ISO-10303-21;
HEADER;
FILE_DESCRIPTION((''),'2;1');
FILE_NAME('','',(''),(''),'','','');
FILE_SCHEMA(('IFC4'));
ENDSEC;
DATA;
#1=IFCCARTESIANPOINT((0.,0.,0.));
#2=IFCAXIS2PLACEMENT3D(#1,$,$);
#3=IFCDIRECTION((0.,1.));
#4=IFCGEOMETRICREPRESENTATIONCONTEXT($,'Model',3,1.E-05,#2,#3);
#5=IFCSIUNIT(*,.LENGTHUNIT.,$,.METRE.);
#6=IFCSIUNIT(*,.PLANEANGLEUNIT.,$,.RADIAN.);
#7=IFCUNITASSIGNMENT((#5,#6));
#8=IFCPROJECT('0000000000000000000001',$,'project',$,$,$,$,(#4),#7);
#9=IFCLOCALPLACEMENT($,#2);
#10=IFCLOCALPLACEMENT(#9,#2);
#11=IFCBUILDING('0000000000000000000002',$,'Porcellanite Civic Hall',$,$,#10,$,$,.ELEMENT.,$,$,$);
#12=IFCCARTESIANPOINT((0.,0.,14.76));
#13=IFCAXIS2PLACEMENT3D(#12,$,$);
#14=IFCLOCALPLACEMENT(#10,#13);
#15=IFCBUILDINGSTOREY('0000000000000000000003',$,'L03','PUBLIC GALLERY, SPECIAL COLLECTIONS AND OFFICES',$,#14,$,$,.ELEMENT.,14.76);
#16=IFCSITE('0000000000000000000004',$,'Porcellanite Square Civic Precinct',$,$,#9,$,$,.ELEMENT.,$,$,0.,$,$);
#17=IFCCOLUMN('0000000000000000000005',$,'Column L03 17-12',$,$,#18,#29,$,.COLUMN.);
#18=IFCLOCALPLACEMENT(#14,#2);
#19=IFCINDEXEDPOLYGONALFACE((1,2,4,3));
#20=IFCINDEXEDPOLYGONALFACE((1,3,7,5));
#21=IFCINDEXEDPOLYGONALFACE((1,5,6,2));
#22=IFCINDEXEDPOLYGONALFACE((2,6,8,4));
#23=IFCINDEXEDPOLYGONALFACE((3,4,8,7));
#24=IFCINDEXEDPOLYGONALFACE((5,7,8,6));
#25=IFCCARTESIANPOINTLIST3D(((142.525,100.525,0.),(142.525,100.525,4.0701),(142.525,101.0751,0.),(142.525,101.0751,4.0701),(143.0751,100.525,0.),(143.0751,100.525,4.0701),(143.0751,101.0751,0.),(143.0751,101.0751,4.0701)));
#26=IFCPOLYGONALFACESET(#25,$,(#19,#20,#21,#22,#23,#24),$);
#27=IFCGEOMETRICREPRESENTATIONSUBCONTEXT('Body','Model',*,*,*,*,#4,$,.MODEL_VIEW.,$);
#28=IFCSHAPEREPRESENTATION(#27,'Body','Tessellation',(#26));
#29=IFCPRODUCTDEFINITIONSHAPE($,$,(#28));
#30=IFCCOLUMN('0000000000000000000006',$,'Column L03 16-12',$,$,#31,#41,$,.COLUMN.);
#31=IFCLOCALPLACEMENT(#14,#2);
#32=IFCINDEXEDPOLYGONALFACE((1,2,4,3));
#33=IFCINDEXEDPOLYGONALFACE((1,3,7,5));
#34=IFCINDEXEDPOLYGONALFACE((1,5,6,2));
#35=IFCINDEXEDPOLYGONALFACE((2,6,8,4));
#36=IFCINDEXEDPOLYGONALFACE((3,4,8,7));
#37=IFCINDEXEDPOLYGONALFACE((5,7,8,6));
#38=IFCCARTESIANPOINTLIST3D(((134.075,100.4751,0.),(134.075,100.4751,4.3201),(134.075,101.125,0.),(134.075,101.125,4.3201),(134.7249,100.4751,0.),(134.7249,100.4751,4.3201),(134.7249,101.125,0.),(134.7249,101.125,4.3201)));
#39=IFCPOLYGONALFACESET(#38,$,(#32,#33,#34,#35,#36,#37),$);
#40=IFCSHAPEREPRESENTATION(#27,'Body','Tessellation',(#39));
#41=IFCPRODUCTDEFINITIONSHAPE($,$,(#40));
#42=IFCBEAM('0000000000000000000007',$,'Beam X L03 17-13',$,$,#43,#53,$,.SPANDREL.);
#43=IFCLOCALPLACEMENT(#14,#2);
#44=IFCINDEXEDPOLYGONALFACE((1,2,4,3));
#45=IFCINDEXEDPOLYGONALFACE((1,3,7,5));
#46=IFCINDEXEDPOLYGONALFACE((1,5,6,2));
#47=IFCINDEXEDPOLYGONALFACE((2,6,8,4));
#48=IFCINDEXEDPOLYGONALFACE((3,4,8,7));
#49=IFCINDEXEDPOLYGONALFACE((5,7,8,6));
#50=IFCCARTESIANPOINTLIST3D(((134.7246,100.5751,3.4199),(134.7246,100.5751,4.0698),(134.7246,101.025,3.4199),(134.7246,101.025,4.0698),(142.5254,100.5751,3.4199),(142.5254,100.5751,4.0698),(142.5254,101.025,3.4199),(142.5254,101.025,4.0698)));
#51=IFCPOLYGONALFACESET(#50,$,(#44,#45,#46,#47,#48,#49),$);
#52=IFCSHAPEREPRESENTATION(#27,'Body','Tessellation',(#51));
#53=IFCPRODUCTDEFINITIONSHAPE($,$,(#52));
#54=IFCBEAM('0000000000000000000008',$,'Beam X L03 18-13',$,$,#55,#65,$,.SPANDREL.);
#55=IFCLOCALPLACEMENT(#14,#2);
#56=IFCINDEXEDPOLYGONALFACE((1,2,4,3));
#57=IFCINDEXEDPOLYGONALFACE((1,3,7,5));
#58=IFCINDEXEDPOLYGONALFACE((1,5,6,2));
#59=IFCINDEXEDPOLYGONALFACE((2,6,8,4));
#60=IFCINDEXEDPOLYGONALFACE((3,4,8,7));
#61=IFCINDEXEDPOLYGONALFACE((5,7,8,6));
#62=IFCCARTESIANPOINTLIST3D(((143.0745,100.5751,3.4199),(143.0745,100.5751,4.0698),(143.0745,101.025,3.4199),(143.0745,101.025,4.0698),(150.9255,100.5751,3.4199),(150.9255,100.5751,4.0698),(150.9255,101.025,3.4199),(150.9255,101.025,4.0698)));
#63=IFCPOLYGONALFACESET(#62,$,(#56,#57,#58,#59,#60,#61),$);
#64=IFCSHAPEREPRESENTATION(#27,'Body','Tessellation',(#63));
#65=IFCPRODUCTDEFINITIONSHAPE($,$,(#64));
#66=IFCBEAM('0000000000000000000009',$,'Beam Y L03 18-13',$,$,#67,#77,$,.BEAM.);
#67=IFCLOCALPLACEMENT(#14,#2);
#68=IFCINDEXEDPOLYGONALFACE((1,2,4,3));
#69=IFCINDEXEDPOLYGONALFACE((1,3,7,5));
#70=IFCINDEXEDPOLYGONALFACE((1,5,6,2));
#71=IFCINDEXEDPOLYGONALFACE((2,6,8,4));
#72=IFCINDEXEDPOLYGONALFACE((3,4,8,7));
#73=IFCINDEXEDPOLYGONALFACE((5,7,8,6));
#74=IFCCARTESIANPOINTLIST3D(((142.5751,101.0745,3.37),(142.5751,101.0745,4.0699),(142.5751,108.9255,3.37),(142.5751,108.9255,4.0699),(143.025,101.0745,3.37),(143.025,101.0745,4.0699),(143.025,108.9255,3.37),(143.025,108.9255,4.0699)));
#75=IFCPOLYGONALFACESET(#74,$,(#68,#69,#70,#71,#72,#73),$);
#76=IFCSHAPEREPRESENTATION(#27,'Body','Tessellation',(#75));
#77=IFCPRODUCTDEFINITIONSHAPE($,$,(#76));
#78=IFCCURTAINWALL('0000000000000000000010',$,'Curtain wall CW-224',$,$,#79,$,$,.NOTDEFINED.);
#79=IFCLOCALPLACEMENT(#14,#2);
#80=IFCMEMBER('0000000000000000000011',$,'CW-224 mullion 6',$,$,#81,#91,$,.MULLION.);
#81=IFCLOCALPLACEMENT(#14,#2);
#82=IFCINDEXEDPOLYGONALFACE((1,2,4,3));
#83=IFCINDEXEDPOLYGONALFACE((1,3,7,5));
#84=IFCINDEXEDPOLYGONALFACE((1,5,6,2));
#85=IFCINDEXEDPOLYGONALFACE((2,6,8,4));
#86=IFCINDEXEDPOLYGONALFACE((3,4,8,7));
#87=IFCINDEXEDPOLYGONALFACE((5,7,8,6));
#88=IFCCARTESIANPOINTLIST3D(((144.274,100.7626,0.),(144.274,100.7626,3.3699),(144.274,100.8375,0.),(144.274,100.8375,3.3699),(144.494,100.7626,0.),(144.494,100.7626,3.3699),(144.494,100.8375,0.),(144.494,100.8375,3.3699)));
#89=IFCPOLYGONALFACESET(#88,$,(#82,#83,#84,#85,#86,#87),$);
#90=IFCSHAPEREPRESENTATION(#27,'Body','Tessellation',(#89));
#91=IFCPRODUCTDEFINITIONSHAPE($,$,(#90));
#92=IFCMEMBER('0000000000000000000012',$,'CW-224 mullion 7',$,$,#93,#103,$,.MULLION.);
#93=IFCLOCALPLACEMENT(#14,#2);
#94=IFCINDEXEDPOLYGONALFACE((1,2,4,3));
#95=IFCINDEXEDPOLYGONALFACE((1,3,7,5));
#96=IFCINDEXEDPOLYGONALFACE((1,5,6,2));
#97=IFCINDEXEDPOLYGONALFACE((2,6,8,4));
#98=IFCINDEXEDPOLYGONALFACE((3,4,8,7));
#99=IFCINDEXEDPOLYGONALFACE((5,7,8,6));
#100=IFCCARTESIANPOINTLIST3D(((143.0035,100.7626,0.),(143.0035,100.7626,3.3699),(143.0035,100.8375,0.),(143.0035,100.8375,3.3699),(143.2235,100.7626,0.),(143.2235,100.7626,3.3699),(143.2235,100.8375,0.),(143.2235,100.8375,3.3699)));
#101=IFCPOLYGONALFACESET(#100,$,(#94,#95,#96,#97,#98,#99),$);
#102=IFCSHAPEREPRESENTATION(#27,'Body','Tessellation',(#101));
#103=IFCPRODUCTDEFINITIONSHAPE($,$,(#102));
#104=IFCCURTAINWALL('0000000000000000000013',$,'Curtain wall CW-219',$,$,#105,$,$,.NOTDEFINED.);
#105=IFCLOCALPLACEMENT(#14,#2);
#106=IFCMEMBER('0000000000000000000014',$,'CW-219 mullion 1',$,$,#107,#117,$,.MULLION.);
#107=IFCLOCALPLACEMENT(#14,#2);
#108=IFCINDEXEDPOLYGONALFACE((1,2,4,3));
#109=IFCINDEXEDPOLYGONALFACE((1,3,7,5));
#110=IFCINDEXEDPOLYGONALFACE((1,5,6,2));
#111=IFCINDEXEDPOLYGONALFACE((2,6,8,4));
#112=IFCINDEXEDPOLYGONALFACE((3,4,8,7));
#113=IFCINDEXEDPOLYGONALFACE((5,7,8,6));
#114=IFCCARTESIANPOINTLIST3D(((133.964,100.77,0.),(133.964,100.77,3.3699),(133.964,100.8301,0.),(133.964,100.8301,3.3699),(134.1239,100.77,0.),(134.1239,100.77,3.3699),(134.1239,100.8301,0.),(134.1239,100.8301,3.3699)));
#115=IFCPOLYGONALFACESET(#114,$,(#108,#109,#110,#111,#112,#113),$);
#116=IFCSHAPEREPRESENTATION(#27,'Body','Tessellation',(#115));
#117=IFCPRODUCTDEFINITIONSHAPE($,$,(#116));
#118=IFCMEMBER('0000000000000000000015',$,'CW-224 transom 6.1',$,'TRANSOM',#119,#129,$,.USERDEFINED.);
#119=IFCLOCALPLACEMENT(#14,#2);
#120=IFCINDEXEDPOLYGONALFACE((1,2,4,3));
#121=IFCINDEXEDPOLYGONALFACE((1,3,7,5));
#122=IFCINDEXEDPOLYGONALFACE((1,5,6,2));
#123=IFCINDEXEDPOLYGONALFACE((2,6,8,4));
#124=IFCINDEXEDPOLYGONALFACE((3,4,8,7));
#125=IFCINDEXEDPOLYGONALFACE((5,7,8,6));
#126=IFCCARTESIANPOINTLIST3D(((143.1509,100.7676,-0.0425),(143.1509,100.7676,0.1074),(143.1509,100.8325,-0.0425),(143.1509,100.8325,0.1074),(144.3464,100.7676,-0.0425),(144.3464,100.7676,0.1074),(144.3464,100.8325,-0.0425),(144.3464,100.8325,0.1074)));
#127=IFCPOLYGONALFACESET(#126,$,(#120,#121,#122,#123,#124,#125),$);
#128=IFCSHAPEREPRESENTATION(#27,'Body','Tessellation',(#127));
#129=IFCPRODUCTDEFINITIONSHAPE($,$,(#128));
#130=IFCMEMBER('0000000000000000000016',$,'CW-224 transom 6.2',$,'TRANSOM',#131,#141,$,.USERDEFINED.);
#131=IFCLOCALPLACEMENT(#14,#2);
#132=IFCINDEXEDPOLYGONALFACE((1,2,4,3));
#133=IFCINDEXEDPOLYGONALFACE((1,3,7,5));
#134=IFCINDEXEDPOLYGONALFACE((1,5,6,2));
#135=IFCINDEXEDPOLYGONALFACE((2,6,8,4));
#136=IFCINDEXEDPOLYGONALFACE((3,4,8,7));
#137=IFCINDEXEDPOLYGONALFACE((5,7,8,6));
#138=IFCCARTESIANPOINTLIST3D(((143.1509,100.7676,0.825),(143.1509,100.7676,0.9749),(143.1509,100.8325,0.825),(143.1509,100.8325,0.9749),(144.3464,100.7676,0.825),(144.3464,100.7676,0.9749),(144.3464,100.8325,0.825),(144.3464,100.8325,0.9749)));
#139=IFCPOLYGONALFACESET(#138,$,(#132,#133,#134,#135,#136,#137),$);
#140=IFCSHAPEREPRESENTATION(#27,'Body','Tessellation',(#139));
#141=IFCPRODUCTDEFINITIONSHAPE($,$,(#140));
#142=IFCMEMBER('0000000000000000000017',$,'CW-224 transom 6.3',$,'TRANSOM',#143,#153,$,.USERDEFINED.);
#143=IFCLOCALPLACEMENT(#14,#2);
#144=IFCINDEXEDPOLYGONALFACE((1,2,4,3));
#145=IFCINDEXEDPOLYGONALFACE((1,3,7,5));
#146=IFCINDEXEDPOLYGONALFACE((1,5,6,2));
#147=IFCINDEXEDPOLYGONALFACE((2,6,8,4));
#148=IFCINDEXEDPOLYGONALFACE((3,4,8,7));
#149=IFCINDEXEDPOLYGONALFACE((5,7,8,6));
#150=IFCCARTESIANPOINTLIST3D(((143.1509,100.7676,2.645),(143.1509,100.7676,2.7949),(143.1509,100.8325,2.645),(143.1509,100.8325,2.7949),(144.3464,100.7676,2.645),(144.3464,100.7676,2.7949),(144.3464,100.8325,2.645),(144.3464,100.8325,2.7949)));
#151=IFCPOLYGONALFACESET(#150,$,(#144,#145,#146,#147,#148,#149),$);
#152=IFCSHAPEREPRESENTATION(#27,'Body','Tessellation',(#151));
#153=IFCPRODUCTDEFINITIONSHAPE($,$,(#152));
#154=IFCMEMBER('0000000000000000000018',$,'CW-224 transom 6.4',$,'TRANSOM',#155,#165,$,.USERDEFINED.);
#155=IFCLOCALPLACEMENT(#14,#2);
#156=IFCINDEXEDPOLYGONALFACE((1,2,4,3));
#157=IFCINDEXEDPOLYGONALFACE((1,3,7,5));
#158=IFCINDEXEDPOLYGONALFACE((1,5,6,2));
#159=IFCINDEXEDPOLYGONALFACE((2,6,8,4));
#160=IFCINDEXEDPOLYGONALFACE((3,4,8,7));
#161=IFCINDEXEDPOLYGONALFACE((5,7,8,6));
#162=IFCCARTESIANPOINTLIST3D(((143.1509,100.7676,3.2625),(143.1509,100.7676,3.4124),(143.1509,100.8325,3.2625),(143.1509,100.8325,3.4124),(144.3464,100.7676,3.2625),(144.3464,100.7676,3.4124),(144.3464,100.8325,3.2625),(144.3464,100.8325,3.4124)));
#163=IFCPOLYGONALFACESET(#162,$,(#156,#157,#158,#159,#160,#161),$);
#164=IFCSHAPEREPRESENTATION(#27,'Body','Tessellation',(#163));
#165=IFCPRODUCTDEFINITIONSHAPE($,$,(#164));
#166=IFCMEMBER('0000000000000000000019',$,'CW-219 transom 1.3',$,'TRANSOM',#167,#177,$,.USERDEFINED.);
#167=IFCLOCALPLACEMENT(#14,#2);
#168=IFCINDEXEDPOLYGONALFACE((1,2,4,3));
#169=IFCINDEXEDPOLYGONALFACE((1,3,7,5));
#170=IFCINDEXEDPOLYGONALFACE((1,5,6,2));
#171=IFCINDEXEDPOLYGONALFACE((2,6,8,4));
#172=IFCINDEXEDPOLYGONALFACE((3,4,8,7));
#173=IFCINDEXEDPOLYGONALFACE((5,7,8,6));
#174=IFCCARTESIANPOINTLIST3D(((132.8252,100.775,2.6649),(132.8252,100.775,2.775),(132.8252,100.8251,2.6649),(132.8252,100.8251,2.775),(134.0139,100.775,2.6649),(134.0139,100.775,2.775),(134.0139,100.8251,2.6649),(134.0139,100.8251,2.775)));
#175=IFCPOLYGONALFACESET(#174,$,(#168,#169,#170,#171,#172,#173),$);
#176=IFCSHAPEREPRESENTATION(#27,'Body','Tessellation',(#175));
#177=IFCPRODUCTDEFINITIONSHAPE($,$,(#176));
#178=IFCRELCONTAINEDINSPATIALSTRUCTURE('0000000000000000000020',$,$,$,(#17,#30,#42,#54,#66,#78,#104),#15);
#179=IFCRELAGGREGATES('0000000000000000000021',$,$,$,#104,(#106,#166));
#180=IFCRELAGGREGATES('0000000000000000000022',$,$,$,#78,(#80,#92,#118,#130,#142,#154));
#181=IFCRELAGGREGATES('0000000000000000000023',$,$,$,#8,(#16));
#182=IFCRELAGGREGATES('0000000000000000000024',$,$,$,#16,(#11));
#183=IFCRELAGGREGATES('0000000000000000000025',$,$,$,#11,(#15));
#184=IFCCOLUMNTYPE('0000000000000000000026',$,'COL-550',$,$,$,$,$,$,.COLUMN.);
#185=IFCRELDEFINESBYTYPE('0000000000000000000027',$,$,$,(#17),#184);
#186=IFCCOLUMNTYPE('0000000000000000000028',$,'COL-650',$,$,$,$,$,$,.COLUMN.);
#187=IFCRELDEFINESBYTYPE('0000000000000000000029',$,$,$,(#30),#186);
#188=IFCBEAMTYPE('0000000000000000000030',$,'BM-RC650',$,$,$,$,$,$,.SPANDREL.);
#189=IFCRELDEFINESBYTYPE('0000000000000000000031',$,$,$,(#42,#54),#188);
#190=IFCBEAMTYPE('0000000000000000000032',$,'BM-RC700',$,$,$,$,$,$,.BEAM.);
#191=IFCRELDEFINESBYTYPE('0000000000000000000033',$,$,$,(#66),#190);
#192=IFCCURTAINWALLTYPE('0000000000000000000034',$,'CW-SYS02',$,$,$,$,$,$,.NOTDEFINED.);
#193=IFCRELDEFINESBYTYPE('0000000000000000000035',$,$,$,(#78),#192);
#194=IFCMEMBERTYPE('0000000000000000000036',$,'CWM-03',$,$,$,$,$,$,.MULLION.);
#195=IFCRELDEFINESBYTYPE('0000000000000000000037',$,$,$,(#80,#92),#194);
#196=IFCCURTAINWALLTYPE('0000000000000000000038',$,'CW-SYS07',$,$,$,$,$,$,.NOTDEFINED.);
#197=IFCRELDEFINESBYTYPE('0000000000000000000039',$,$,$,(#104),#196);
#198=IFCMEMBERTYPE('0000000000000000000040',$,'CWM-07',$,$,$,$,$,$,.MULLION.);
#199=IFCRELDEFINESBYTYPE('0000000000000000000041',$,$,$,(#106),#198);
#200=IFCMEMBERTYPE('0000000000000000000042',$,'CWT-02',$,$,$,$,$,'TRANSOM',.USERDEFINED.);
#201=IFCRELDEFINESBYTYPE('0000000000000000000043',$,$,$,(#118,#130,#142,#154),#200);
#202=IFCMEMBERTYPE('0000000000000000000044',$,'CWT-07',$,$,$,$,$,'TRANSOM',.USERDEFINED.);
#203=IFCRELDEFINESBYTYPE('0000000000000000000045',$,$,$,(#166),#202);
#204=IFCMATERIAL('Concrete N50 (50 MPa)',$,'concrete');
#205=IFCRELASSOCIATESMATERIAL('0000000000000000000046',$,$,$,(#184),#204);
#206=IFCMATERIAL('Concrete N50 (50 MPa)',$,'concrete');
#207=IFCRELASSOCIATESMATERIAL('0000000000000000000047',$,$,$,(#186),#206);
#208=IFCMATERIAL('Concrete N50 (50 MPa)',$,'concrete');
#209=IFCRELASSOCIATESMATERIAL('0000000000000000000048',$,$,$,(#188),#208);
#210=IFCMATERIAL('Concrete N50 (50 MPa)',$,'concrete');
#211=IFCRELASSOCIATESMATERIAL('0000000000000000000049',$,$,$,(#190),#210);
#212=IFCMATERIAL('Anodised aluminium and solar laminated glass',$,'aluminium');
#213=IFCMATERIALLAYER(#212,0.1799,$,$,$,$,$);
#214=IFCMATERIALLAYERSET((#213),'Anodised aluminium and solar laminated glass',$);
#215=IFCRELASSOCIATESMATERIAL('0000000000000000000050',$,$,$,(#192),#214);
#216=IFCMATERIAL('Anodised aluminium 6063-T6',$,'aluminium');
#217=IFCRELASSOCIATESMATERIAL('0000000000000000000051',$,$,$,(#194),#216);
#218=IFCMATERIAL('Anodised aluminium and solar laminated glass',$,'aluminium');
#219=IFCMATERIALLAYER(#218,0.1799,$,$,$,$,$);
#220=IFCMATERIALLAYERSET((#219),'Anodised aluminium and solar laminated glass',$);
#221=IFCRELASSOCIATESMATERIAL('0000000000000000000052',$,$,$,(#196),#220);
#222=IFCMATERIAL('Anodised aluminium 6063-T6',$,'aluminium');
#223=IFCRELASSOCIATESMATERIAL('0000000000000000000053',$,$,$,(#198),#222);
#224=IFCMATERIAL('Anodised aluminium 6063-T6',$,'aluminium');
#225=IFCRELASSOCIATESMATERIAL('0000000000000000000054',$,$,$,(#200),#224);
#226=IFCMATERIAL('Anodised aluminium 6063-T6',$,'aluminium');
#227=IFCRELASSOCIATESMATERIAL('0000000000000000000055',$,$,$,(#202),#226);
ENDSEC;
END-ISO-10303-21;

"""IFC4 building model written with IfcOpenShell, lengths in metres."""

from ifc_helpers import new_model, si_unit, direction, frame, origin, origin_2d, place, context, subcontext, project, spatial, rectangle, extrude, material, layer, layer_set, material_profile, profile_set, type_object, element, aggregate, save


model = new_model("IFC4")

# Units and contexts
model_context = context("Model", 3, precision=1e-05, world=origin(), true_north=direction((0.0, 1.0)))
body_context = subcontext(model_context, "Body", "Model", "MODEL_VIEW")
ifc_project = project(units=[si_unit("LENGTHUNIT", "METRE"), si_unit("PLANEANGLEUNIT", "RADIAN")], contexts=[model_context])

# Site, building, storey
site_placement = place(None, origin())
site = spatial("IfcSite", under=ifc_project, at=site_placement, Name="Porcellanite Square Civic Precinct", CompositionType="ELEMENT", RefElevation=0.0)
building_placement = place(site_placement, origin())
building = spatial("IfcBuilding", under=site, at=building_placement, Name="Porcellanite Civic Hall", CompositionType="ELEMENT")
storey_placement = place(building_placement, frame((0.0, 0.0, 14.76)))
storey = spatial("IfcBuildingStorey", under=building, at=storey_placement, Name="L03", Description="PUBLIC GALLERY, SPECIAL COLLECTIONS AND OFFICES", CompositionType="ELEMENT", Elevation=14.76)

# Columns
ifc_material_1 = material(Name="Concrete N50 (50 MPa)", Category="concrete")
ifc_material_profile_1 = material_profile(ifc_material_1, rectangle(XDim=0.55, YDim=0.55, at=origin_2d()), Name="RC-550x550")
ifc_profile_set_1 = profile_set([ifc_material_profile_1], Name="Concrete N50 (50 MPa)")
column_type_1 = type_object("IfcColumnType", Name="COL-550", PredefinedType="COLUMN", material=ifc_profile_set_1)
column_1_placement = place(storey_placement, frame((142.8, 100.8, 0.0), z_axis=(0.0, 0.0, 1.0), x_axis=(1.0, 0.0, 0.0)))
element("IfcColumn", 1, at=column_1_placement, inside=storey, type_object=column_type_1, Name="Column L03 17-12", PredefinedType="COLUMN", context=body_context, shape_type="SweptSolid", body=[
    extrude(rectangle(XDim=0.55, YDim=0.55, at=origin_2d()), origin(), (0.0, 0.0, 1.0), 4.0701),
])
ifc_material_2 = material(Name="Concrete N50 (50 MPa)", Category="concrete")
ifc_material_profile_2 = material_profile(ifc_material_2, rectangle(XDim=0.6499, YDim=0.6499, at=origin_2d()), Name="RC-650x650")
ifc_profile_set_2 = profile_set([ifc_material_profile_2], Name="Concrete N50 (50 MPa)")
column_type_2 = type_object("IfcColumnType", Name="COL-650", PredefinedType="COLUMN", material=ifc_profile_set_2)
column_2_placement = place(storey_placement, frame((134.3999, 100.8, 0.0), z_axis=(0.0, 0.0, 1.0), x_axis=(1.0, 0.0, 0.0)))
element("IfcColumn", 2, at=column_2_placement, inside=storey, type_object=column_type_2, Name="Column L03 16-12", PredefinedType="COLUMN", context=body_context, shape_type="SweptSolid", body=[
    extrude(rectangle(XDim=0.6499, YDim=0.6499, at=origin_2d()), origin(), (0.0, 0.0, 1.0), 4.3201),
])

# Beams
ifc_material_3 = material(Name="Concrete N50 (50 MPa)", Category="concrete")
ifc_material_profile_3 = material_profile(ifc_material_3, rectangle(XDim=0.45, YDim=0.6499, at=origin_2d()), Name="RC-450x650")
ifc_profile_set_3 = profile_set([ifc_material_profile_3], Name="Concrete N50 (50 MPa)")
beam_type_1 = type_object("IfcBeamType", Name="BM-RC650", PredefinedType="SPANDREL", material=ifc_profile_set_3)
beam_1_placement = place(storey_placement, frame((134.7246, 100.8, 3.7449), z_axis=(1.0, 0.0, 0.0), x_axis=(0.0, 1.0, 0.0)))
element("IfcBeam", 3, at=beam_1_placement, inside=storey, type_object=beam_type_1, Name="Beam X L03 17-13", PredefinedType="SPANDREL", context=body_context, shape_type="SweptSolid", body=[
    extrude(rectangle(XDim=0.45, YDim=0.6499, at=origin_2d()), origin(), (0.0, 0.0, 1.0), 7.8008),
])
beam_2_placement = place(storey_placement, frame((143.0745, 100.8, 3.7449), z_axis=(1.0, 0.0, 0.0), x_axis=(0.0, 1.0, 0.0)))
element("IfcBeam", 4, at=beam_2_placement, inside=storey, type_object=beam_type_1, Name="Beam X L03 18-13", PredefinedType="SPANDREL", context=body_context, shape_type="SweptSolid", body=[
    extrude(rectangle(XDim=0.45, YDim=0.6499, at=origin_2d()), origin(), (0.0, 0.0, 1.0), 7.8511),
])
ifc_material_4 = material(Name="Concrete N50 (50 MPa)", Category="concrete")
ifc_material_profile_4 = material_profile(ifc_material_4, rectangle(XDim=0.45, YDim=0.7, at=origin_2d()), Name="RC-450x700")
ifc_profile_set_4 = profile_set([ifc_material_profile_4], Name="Concrete N50 (50 MPa)")
beam_type_2 = type_object("IfcBeamType", Name="BM-RC700", PredefinedType="BEAM", material=ifc_profile_set_4)
beam_3_placement = place(storey_placement, frame((142.8, 101.0745, 3.72), z_axis=(0.0, 1.0, 0.0), x_axis=(-1.0, 0.0, 0.0)))
element("IfcBeam", 5, at=beam_3_placement, inside=storey, type_object=beam_type_2, Name="Beam Y L03 18-13", PredefinedType="BEAM", context=body_context, shape_type="SweptSolid", body=[
    extrude(rectangle(XDim=0.45, YDim=0.7, at=origin_2d()), origin(), (0.0, 0.0, 1.0), 7.8511),
])

# Curtain wall, members
ifc_material_5 = material(Name="Anodised aluminium and solar laminated glass", Category="aluminium")
ifc_layer_1 = layer(ifc_material_5, 0.1799)
ifc_layer_set_1 = layer_set([ifc_layer_1], Name="Anodised aluminium and solar laminated glass")
curtain_wall_type_1 = type_object("IfcCurtainWallType", Name="CW-SYS02", PredefinedType="NOTDEFINED", material=ifc_layer_set_1)
curtain_wall_1_placement = place(storey_placement, origin())
curtain_wall_1 = element("IfcCurtainWall", 6, at=curtain_wall_1_placement, inside=storey, type_object=curtain_wall_type_1, Name="Curtain wall CW-224", PredefinedType="NOTDEFINED")
ifc_material_6 = material(Name="Anodised aluminium 6063-T6", Category="aluminium")
ifc_material_profile_5 = material_profile(ifc_material_6, rectangle(XDim=0.075, YDim=0.22, at=origin_2d()), Name="AL-75x220")
ifc_profile_set_5 = profile_set([ifc_material_profile_5], Name="Anodised aluminium 6063-T6")
member_type_1 = type_object("IfcMemberType", Name="CWM-03", PredefinedType="MULLION", material=ifc_profile_set_5)
member_1_placement = place(storey_placement, frame((144.384, 100.8, 0.0), z_axis=(0.0, 0.0, 1.0), x_axis=(0.0, -1.0, 0.0)))
member_1 = element("IfcMember", 7, at=member_1_placement, type_object=member_type_1, Name="CW-224 mullion 6", PredefinedType="MULLION", context=body_context, shape_type="SweptSolid", body=[
    extrude(rectangle(XDim=0.075, YDim=0.22, at=origin_2d()), origin(), (0.0, 0.0, 1.0), 3.3699),
])
member_2_placement = place(storey_placement, frame((143.1135, 100.8, 0.0), z_axis=(0.0, 0.0, 1.0), x_axis=(0.0, -1.0, 0.0)))
member_2 = element("IfcMember", 8, at=member_2_placement, type_object=member_type_1, Name="CW-224 mullion 7", PredefinedType="MULLION", context=body_context, shape_type="SweptSolid", body=[
    extrude(rectangle(XDim=0.075, YDim=0.22, at=origin_2d()), origin(), (0.0, 0.0, 1.0), 3.3699),
])

# Curtain wall, member
ifc_material_7 = material(Name="Anodised aluminium and solar laminated glass", Category="aluminium")
ifc_layer_2 = layer(ifc_material_7, 0.1799)
ifc_layer_set_2 = layer_set([ifc_layer_2], Name="Anodised aluminium and solar laminated glass")
curtain_wall_type_2 = type_object("IfcCurtainWallType", Name="CW-SYS07", PredefinedType="NOTDEFINED", material=ifc_layer_set_2)
curtain_wall_2_placement = place(storey_placement, origin())
curtain_wall_2 = element("IfcCurtainWall", 9, at=curtain_wall_2_placement, inside=storey, type_object=curtain_wall_type_2, Name="Curtain wall CW-219", PredefinedType="NOTDEFINED")
ifc_material_8 = material(Name="Anodised aluminium 6063-T6", Category="aluminium")
ifc_material_profile_6 = material_profile(ifc_material_8, rectangle(XDim=0.0601, YDim=0.1599, at=origin_2d()), Name="AL-60x160")
ifc_profile_set_6 = profile_set([ifc_material_profile_6], Name="Anodised aluminium 6063-T6")
member_type_2 = type_object("IfcMemberType", Name="CWM-07", PredefinedType="MULLION", material=ifc_profile_set_6)
member_3_placement = place(storey_placement, frame((134.0439, 100.8, 0.0), z_axis=(0.0, 0.0, 1.0), x_axis=(0.0, -1.0, 0.0)))
member_3 = element("IfcMember", 10, at=member_3_placement, type_object=member_type_2, Name="CW-219 mullion 1", PredefinedType="MULLION", context=body_context, shape_type="SweptSolid", body=[
    extrude(rectangle(XDim=0.0601, YDim=0.1599, at=origin_2d()), origin(), (0.0, 0.0, 1.0), 3.3699),
])

# Members
ifc_material_9 = material(Name="Anodised aluminium 6063-T6", Category="aluminium")
ifc_material_profile_7 = material_profile(ifc_material_9, rectangle(XDim=0.0649, YDim=0.1499, at=origin_2d()), Name="AL-65x150")
ifc_profile_set_7 = profile_set([ifc_material_profile_7], Name="Anodised aluminium 6063-T6")
member_type_3 = type_object("IfcMemberType", Name="CWT-02", ElementType="TRANSOM", PredefinedType="USERDEFINED", material=ifc_profile_set_7)
member_4_placement = place(storey_placement, frame((144.3464, 100.8, 0.0325), z_axis=(-1.0, 0.0, 0.0), x_axis=(0.0, -1.0, 0.0)))
member_4 = element("IfcMember", 11, at=member_4_placement, type_object=member_type_3, Name="CW-224 transom 6.1", ObjectType="TRANSOM", PredefinedType="USERDEFINED", context=body_context, shape_type="SweptSolid", body=[
    extrude(rectangle(XDim=0.0649, YDim=0.1499, at=origin_2d()), origin(), (0.0, 0.0, 1.0), 1.1956),
])
member_5_placement = place(storey_placement, frame((144.3464, 100.8, 0.8999), z_axis=(-1.0, 0.0, 0.0), x_axis=(0.0, -1.0, 0.0)))
member_5 = element("IfcMember", 12, at=member_5_placement, type_object=member_type_3, Name="CW-224 transom 6.2", ObjectType="TRANSOM", PredefinedType="USERDEFINED", context=body_context, shape_type="SweptSolid", body=[
    extrude(rectangle(XDim=0.0649, YDim=0.1499, at=origin_2d()), origin(), (0.0, 0.0, 1.0), 1.1956),
])
member_6_placement = place(storey_placement, frame((144.3464, 100.8, 2.72), z_axis=(-1.0, 0.0, 0.0), x_axis=(0.0, -1.0, 0.0)))
member_6 = element("IfcMember", 13, at=member_6_placement, type_object=member_type_3, Name="CW-224 transom 6.3", ObjectType="TRANSOM", PredefinedType="USERDEFINED", context=body_context, shape_type="SweptSolid", body=[
    extrude(rectangle(XDim=0.0649, YDim=0.1499, at=origin_2d()), origin(), (0.0, 0.0, 1.0), 1.1956),
])
member_7_placement = place(storey_placement, frame((144.3464, 100.8, 3.3374), z_axis=(-1.0, 0.0, 0.0), x_axis=(0.0, -1.0, 0.0)))
member_7 = element("IfcMember", 14, at=member_7_placement, type_object=member_type_3, Name="CW-224 transom 6.4", ObjectType="TRANSOM", PredefinedType="USERDEFINED", context=body_context, shape_type="SweptSolid", body=[
    extrude(rectangle(XDim=0.0649, YDim=0.1499, at=origin_2d()), origin(), (0.0, 0.0, 1.0), 1.1956),
])
ifc_material_10 = material(Name="Anodised aluminium 6063-T6", Category="aluminium")
ifc_material_profile_8 = material_profile(ifc_material_10, rectangle(XDim=0.05, YDim=0.1101, at=origin_2d()), Name="AL-50x110")
ifc_profile_set_8 = profile_set([ifc_material_profile_8], Name="Anodised aluminium 6063-T6")
member_type_4 = type_object("IfcMemberType", Name="CWT-07", ElementType="TRANSOM", PredefinedType="USERDEFINED", material=ifc_profile_set_8)
member_8_placement = place(storey_placement, frame((134.0139, 100.8, 2.72), z_axis=(-1.0, 0.0, 0.0), x_axis=(0.0, -1.0, 0.0)))
member_8 = element("IfcMember", 15, at=member_8_placement, type_object=member_type_4, Name="CW-219 transom 1.3", ObjectType="TRANSOM", PredefinedType="USERDEFINED", context=body_context, shape_type="SweptSolid", body=[
    extrude(rectangle(XDim=0.05, YDim=0.1101, at=origin_2d()), origin(), (0.0, 0.0, 1.0), 1.1887),
])
aggregate(curtain_wall_2, [member_3, member_8])

aggregate(curtain_wall_1, [member_1, member_2, member_4, member_5, member_6, member_7])

save(model, "model.ifc")
